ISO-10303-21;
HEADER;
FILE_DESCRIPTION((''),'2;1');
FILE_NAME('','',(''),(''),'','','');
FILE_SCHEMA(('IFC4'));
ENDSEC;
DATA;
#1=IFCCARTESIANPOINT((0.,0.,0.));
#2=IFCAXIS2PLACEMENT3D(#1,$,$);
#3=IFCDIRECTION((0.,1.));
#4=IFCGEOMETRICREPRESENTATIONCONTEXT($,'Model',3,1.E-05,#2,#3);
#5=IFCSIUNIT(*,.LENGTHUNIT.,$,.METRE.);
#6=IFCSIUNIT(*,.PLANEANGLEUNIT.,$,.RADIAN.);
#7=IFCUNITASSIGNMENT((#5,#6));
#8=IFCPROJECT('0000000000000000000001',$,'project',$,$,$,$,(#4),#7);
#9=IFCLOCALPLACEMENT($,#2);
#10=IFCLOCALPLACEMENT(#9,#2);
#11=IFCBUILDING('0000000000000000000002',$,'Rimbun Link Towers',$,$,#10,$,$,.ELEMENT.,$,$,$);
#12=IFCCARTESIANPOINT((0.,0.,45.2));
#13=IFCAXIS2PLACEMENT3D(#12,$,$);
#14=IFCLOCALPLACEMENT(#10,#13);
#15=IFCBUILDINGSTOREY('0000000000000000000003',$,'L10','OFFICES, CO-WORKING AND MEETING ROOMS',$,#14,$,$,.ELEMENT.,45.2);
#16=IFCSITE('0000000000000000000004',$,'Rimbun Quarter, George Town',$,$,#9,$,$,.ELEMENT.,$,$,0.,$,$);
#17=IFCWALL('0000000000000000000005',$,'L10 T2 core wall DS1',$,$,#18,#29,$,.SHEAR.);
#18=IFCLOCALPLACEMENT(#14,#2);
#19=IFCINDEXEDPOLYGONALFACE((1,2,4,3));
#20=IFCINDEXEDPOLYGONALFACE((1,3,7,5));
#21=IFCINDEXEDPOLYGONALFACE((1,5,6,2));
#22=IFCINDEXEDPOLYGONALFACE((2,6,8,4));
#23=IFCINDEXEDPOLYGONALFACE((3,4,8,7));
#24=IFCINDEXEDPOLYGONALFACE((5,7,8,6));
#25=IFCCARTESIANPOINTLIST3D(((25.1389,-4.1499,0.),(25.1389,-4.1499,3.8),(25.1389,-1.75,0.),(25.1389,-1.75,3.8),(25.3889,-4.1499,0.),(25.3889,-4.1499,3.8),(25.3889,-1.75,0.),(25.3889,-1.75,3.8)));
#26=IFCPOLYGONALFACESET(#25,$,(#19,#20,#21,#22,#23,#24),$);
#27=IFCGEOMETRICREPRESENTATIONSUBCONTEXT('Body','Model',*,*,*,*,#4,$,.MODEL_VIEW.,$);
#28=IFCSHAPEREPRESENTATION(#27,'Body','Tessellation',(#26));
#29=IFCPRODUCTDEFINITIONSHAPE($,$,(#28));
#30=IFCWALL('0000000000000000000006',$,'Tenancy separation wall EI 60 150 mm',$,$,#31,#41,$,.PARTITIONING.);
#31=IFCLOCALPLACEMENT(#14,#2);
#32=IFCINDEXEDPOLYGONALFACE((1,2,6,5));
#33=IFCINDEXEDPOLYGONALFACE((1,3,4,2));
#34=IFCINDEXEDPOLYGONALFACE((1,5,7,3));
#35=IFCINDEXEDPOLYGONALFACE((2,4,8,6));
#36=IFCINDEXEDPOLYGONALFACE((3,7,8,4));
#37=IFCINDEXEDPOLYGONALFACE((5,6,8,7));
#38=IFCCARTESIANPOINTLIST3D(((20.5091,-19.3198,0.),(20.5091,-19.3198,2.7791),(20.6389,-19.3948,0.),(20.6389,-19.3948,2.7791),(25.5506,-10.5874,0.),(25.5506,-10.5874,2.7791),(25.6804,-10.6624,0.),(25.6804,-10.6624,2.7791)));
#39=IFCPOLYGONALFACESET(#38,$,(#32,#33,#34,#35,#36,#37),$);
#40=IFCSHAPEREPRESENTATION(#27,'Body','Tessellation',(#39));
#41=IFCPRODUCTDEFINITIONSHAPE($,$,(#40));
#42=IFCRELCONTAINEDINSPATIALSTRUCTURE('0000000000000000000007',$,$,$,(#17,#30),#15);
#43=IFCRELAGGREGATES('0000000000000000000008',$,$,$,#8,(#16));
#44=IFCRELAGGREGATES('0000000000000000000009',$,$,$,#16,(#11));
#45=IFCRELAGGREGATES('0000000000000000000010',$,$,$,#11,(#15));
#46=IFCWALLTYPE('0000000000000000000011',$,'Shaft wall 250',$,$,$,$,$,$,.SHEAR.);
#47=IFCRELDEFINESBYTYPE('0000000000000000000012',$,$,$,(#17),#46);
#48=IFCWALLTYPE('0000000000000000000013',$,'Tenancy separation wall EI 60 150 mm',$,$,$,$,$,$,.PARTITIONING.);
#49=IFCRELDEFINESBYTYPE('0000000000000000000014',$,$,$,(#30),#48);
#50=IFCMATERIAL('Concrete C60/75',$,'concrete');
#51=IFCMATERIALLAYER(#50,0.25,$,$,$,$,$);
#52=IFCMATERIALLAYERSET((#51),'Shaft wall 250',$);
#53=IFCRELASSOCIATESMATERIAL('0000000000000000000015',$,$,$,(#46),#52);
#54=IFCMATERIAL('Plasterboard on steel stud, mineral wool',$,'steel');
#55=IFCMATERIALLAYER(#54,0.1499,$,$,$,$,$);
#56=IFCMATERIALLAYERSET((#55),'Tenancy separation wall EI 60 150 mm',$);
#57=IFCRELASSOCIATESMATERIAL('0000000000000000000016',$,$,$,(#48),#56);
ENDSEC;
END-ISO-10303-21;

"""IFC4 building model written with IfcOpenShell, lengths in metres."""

from ifc_helpers import new_model, si_unit, direction, frame, frame_2d, origin, place, context, subcontext, project, spatial, rectangle, extrude, material, layer, layer_set, type_object, element, save


model = new_model("IFC4")

# Units and contexts
model_context = context("Model", 3, precision=1e-05, world=origin(), true_north=direction((0.0, 1.0)))
body_context = subcontext(model_context, "Body", "Model", "MODEL_VIEW")
ifc_project = project(units=[si_unit("LENGTHUNIT", "METRE"), si_unit("PLANEANGLEUNIT", "RADIAN")], contexts=[model_context])

# Site, building, storey
site_placement = place(None, origin())
site = spatial("IfcSite", under=ifc_project, at=site_placement, Name="Rimbun Quarter, George Town", CompositionType="ELEMENT", RefElevation=0.0)
building_placement = place(site_placement, origin())
building = spatial("IfcBuilding", under=site, at=building_placement, Name="Rimbun Link Towers", CompositionType="ELEMENT")
storey_placement = place(building_placement, frame((0.0, 0.0, 45.2)))
storey = spatial("IfcBuildingStorey", under=building, at=storey_placement, Name="L10", Description="OFFICES, CO-WORKING AND MEETING ROOMS", CompositionType="ELEMENT", Elevation=45.2)

# Shared definitions
ifc_material_1 = material(Name="Concrete C60/75", Category="concrete")
ifc_layer_1 = layer(ifc_material_1, 0.25)
ifc_layer_set_1 = layer_set([ifc_layer_1], Name="Shaft wall 250")
wall_type_1 = type_object("IfcWallType", Name="Shaft wall 250", PredefinedType="SHEAR", material=ifc_layer_set_1)

# Walls
for number, where, z_axis, x_axis, name in (
    (1, (25.2639, -4.1499, 0.0), (0.0, 0.0, 1.0), (0.0, 1.0, 0.0), "L10 T2 core wall DS1"),
):
    element("IfcWall", number, at=place(storey_placement, frame(where, z_axis=z_axis, x_axis=x_axis)), inside=storey, type_object=wall_type_1, Name=name, PredefinedType="SHEAR", context=body_context, shape_type="SweptSolid", body=[
        extrude(rectangle(XDim=2.3999, YDim=0.25, at=frame_2d((1.2, 0.0))), origin(), (0.0, 0.0, 1.0), 3.8),
    ])
ifc_material_2 = material(Name="Plasterboard on steel stud, mineral wool", Category="steel")
ifc_layer_2 = layer(ifc_material_2, 0.1499)
ifc_layer_set_2 = layer_set([ifc_layer_2], Name="Tenancy separation wall EI 60 150 mm")
wall_type_2 = type_object("IfcWallType", Name="Tenancy separation wall EI 60 150 mm", PredefinedType="PARTITIONING", material=ifc_layer_set_2)
wall_1_placement = place(storey_placement, frame((25.6155, -10.625, 0.0), z_axis=(0.0, 0.0, 1.0), x_axis=(-0.499988, -0.866032, 0.0)))
element("IfcWall", 2, at=wall_1_placement, inside=storey, type_object=wall_type_2, Name="Tenancy separation wall EI 60 150 mm", PredefinedType="PARTITIONING", context=body_context, shape_type="SweptSolid", body=[
    extrude(rectangle(XDim=10.0833, YDim=0.1499, at=frame_2d((5.0415, 0.0))), origin(), (0.0, 0.0, 1.0), 2.7791),
])

save(model, "model.ifc")
